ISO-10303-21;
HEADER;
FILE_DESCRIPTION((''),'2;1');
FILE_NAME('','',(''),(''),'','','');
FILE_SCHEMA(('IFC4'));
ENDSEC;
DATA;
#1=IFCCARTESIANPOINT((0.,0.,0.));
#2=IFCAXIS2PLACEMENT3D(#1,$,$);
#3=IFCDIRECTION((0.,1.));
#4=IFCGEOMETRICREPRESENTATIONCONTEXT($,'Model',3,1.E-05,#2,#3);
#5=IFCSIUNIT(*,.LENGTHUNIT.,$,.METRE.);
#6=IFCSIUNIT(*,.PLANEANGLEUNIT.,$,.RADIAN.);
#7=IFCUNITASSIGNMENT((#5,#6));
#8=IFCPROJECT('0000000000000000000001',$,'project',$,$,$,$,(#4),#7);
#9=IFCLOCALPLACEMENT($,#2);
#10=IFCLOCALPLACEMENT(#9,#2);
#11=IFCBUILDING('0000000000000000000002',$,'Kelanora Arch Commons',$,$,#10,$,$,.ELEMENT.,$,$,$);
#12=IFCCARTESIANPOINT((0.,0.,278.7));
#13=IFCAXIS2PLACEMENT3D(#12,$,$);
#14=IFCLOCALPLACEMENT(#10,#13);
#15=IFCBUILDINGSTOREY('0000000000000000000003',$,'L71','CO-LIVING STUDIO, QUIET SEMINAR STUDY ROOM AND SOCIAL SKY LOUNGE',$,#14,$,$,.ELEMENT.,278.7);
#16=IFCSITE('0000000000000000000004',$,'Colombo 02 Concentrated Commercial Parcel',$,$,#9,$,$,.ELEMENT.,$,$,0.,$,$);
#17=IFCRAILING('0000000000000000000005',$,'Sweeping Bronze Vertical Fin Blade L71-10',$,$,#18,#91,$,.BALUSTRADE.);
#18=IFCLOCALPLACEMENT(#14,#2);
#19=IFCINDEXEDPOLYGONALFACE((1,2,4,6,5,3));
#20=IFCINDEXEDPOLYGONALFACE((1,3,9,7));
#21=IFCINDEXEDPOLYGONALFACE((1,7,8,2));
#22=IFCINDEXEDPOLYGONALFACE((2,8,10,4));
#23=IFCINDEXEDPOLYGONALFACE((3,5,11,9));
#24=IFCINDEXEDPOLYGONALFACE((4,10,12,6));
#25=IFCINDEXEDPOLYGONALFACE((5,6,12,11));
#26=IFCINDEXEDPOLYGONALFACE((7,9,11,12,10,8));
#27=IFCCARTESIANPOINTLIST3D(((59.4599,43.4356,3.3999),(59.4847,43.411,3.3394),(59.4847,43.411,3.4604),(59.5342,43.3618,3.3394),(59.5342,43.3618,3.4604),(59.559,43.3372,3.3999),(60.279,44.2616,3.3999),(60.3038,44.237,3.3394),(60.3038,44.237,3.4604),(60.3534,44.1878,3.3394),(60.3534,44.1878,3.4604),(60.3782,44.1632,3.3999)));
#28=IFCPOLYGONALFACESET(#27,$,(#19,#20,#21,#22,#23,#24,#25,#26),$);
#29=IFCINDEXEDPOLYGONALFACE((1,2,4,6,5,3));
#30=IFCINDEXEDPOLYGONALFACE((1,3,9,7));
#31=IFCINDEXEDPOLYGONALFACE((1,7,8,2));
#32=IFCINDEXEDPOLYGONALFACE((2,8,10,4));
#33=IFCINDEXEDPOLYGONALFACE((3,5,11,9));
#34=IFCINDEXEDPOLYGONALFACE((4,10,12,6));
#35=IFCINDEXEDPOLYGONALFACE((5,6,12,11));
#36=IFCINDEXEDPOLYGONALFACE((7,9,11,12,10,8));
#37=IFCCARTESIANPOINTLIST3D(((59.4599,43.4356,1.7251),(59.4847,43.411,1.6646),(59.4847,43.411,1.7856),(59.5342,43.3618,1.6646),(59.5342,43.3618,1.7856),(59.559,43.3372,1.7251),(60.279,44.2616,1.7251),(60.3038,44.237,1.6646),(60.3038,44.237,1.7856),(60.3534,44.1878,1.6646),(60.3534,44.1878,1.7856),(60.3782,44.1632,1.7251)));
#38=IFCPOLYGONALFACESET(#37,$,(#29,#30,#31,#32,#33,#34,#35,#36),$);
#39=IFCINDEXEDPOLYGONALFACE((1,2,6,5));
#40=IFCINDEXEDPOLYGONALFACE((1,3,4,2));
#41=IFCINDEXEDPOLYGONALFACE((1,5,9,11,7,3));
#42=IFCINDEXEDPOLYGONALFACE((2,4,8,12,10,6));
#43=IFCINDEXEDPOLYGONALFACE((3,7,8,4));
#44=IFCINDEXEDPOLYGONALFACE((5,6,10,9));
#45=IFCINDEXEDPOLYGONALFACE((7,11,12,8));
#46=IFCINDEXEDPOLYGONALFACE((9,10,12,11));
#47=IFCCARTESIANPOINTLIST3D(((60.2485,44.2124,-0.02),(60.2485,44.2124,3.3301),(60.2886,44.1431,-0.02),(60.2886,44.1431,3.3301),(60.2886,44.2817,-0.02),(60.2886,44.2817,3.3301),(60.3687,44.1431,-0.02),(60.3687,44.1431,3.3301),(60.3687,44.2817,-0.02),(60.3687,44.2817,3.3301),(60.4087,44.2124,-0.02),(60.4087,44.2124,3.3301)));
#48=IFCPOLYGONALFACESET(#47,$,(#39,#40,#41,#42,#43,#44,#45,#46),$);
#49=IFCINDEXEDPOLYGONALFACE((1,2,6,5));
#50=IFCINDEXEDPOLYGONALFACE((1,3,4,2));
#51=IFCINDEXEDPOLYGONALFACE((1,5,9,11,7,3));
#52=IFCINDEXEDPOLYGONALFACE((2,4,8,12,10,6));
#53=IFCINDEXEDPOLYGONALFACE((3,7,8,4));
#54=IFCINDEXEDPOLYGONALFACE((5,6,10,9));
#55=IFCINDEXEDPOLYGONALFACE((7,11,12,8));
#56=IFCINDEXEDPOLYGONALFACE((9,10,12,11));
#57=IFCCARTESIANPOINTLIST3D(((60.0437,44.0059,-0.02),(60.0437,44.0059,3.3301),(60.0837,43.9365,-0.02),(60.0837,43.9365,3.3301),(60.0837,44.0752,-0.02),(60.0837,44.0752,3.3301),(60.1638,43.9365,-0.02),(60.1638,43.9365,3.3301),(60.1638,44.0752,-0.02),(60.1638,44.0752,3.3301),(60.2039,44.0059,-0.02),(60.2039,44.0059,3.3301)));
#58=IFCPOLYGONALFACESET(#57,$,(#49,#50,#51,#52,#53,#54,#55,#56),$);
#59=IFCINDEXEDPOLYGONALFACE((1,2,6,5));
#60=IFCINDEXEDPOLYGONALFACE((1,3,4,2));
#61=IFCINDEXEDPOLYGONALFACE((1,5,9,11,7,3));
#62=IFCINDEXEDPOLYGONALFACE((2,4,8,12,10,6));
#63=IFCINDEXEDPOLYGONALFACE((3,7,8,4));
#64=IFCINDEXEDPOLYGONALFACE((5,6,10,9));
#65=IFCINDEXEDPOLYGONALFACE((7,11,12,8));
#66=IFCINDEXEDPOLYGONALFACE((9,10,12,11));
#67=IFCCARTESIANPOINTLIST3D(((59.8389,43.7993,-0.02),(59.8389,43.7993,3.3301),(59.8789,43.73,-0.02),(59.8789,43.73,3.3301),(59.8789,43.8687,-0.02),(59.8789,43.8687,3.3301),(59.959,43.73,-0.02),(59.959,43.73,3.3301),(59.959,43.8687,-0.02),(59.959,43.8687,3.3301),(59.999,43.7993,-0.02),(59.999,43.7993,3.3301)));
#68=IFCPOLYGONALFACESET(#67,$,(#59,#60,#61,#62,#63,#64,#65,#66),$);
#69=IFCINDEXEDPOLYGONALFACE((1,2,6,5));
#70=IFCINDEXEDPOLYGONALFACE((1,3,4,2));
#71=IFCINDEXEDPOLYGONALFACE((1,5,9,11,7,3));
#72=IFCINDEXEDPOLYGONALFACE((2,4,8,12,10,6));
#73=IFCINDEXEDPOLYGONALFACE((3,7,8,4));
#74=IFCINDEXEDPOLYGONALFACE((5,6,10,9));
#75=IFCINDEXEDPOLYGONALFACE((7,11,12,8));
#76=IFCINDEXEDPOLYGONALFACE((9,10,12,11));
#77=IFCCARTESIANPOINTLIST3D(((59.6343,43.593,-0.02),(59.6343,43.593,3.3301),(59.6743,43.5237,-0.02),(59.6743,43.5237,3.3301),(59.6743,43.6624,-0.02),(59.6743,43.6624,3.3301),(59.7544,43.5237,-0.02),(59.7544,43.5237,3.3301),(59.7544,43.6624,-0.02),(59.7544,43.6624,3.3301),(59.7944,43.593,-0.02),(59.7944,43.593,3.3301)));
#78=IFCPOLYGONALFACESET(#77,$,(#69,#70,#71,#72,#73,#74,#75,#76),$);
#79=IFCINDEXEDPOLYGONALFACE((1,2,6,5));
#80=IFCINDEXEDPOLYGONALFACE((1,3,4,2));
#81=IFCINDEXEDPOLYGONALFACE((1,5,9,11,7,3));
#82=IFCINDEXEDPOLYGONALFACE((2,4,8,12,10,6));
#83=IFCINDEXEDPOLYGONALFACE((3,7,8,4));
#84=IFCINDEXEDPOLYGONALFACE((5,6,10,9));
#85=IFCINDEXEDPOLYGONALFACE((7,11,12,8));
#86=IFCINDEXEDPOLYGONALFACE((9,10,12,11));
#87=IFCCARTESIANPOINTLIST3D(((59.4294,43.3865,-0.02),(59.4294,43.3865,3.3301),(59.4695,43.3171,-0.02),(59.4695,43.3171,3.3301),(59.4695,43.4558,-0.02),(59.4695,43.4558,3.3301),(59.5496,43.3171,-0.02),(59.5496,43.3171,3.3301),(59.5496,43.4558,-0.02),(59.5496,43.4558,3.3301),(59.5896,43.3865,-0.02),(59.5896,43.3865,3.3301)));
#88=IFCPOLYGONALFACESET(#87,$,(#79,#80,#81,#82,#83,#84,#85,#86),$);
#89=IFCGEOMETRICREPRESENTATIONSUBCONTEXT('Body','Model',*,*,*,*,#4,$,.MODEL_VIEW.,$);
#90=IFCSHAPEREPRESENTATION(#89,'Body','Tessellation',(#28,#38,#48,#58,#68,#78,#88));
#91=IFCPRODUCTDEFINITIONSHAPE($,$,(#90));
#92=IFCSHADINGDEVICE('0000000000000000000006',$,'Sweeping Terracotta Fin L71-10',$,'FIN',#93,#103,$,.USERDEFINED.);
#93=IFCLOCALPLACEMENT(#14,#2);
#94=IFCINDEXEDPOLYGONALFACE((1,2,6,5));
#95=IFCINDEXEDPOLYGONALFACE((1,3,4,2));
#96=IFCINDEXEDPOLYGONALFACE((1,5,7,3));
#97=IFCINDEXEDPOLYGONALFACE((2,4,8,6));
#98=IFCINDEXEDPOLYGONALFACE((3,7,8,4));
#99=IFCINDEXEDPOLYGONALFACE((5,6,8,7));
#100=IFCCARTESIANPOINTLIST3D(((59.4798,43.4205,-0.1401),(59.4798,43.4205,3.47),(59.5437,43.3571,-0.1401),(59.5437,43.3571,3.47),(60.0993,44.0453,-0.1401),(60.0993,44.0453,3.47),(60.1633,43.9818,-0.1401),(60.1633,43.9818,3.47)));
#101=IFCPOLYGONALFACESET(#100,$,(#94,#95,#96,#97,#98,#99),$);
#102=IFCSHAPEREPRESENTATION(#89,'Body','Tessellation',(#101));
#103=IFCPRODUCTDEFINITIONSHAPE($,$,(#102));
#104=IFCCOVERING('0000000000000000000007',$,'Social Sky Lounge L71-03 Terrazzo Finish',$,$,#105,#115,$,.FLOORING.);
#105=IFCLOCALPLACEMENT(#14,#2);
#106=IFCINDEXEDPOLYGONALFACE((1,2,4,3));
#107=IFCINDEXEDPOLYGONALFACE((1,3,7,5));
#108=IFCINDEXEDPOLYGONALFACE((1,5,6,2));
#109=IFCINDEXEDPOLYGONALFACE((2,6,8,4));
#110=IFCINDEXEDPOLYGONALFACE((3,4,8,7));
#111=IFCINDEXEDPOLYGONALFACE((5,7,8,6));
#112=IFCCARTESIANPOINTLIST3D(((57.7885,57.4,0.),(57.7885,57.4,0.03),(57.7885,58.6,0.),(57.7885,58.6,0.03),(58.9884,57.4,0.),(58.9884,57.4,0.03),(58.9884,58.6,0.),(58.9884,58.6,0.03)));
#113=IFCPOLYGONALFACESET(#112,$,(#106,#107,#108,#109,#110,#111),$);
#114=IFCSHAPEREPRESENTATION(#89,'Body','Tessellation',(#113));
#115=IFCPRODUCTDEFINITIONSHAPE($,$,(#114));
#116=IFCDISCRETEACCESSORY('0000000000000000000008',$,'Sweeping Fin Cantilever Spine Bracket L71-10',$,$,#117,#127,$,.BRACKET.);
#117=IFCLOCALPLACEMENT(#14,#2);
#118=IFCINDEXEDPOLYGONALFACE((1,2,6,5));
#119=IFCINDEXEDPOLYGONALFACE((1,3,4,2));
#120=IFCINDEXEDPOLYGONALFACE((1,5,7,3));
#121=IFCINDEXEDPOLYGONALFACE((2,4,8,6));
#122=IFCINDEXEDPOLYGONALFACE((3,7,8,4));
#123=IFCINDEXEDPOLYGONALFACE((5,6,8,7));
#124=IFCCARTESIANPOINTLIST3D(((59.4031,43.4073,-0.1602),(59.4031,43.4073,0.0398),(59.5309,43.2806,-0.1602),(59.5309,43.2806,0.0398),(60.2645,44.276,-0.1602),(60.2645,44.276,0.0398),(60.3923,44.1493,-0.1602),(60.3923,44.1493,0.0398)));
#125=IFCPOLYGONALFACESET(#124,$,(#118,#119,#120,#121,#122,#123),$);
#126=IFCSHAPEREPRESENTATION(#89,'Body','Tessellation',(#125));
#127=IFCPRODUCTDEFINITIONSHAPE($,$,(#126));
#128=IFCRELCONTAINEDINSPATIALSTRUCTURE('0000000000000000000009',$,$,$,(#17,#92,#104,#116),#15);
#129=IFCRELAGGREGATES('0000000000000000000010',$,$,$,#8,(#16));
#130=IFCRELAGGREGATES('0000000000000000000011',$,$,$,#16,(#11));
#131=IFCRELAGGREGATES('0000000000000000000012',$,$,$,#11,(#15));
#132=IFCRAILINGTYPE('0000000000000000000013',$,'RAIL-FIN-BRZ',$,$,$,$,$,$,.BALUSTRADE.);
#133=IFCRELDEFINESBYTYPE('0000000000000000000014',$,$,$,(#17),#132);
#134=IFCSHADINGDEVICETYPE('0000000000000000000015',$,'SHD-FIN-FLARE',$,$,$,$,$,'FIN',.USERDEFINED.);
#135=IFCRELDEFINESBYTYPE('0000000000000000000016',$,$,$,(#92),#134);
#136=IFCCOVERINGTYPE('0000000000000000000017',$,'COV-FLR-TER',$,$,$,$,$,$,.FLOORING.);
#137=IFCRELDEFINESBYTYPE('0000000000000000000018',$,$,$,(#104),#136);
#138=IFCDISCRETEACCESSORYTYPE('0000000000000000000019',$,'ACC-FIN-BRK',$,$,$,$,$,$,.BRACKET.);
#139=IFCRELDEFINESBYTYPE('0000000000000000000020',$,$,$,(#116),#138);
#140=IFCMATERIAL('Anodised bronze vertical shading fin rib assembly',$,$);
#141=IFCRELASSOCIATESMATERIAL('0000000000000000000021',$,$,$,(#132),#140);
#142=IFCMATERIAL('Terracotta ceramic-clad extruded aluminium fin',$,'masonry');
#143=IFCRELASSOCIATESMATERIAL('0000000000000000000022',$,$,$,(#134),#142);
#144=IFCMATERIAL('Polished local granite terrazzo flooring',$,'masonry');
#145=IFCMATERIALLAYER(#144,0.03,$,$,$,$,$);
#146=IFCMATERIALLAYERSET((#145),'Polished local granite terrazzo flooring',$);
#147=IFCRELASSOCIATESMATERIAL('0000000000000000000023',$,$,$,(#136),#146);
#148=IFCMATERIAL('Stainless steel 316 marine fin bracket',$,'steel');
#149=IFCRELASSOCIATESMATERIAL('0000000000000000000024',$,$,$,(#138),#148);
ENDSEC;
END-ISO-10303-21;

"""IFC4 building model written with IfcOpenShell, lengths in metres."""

from ifc_helpers import new_model, si_unit, direction, frame, origin, origin_2d, place, context, subcontext, project, spatial, polyline, rectangle, outline, extrude, source, transform, mapped, material, layer, layer_set, type_object, element, save


model = new_model("IFC4")

# Units and contexts
model_context = context("Model", 3, precision=1e-05, world=origin(), true_north=direction((0.0, 1.0)))
body_context = subcontext(model_context, "Body", "Model", "MODEL_VIEW")
ifc_project = project(units=[si_unit("LENGTHUNIT", "METRE"), si_unit("PLANEANGLEUNIT", "RADIAN")], contexts=[model_context])

# Site, building, storey
site_placement = place(None, origin())
site = spatial("IfcSite", under=ifc_project, at=site_placement, Name="Colombo 02 Concentrated Commercial Parcel", CompositionType="ELEMENT", RefElevation=0.0)
building_placement = place(site_placement, origin())
building = spatial("IfcBuilding", under=site, at=building_placement, Name="Kelanora Arch Commons", CompositionType="ELEMENT")
storey_placement = place(building_placement, frame((0.0, 0.0, 278.7)))
storey = spatial("IfcBuildingStorey", under=building, at=storey_placement, Name="L71", Description="CO-LIVING STUDIO, QUIET SEMINAR STUDY ROOM AND SOCIAL SKY LOUNGE", CompositionType="ELEMENT", Elevation=278.7)

# Railing
ifc_material_1 = material(Name="Anodised bronze vertical shading fin rib assembly")
railing_type = type_object("IfcRailingType", Name="RAIL-FIN-BRZ", PredefinedType="BALUSTRADE", material=ifc_material_1)
railing_placement = place(storey_placement, frame((60.3286, 44.2124, -0.02)))
element("IfcRailing", 1, at=railing_placement, inside=storey, type_object=railing_type, Name="Sweeping Bronze Vertical Fin Blade L71-10", PredefinedType="BALUSTRADE", context=body_context, shape_type="SweptSolid", body=[
    extrude(outline(polyline([(0.0698, 0.0), (0.0349, 0.0605), (-0.0349, 0.0605), (-0.0698, 0.0), (-0.0349, -0.0605), (0.0349, -0.0605), (0.0698, 0.0)])), frame((0.0, 0.0, 3.4199), z_axis=(-0.704162, -0.710039, 0.0), x_axis=(0.710039, -0.704162, 0.0)), (0.0, 0.0, 1.0), 1.1633),
    extrude(outline(polyline([(0.0698, 0.0), (0.0349, 0.0605), (-0.0349, 0.0605), (-0.0698, 0.0), (-0.0349, -0.0605), (0.0349, -0.0605), (0.0698, 0.0)])), frame((0.0, 0.0, 1.7451), z_axis=(-0.704162, -0.710039, 0.0), x_axis=(0.710039, -0.704162, 0.0)), (0.0, 0.0, 1.0), 1.1633),
    extrude(outline(polyline([(0.0801, 0.0), (0.04, 0.0693), (-0.04, 0.0693), (-0.0801, 0.0), (-0.04, -0.0693), (0.04, -0.0693), (0.0801, 0.0)])), origin(), (0.0, 0.0, 1.0), 3.3501),
    extrude(outline(polyline([(0.0801, 0.0), (0.04, 0.0693), (-0.04, 0.0693), (-0.0801, 0.0), (-0.04, -0.0693), (0.04, -0.0693), (0.0801, 0.0)])), frame((-0.2048, -0.2065, 0.0)), (0.0, 0.0, 1.0), 3.3501),
    extrude(outline(polyline([(0.0801, 0.0), (0.04, 0.0693), (-0.04, 0.0693), (-0.0801, 0.0), (-0.04, -0.0693), (0.04, -0.0693), (0.0801, 0.0)])), frame((-0.4097, -0.4131, 0.0)), (0.0, 0.0, 1.0), 3.3501),
    extrude(outline(polyline([(0.0801, 0.0), (0.04, 0.0693), (-0.04, 0.0693), (-0.0801, 0.0), (-0.04, -0.0693), (0.04, -0.0693), (0.0801, 0.0)])), frame((-0.6143, -0.6194, 0.0)), (0.0, 0.0, 1.0), 3.3501),
    extrude(outline(polyline([(0.0801, 0.0), (0.04, 0.0693), (-0.04, 0.0693), (-0.0801, 0.0), (-0.04, -0.0693), (0.04, -0.0693), (0.0801, 0.0)])), frame((-0.8191, -0.8259, 0.0)), (0.0, 0.0, 1.0), 3.3501),
])

# Shading device
ifc_material_2 = material(Name="Terracotta ceramic-clad extruded aluminium fin", Category="masonry")
shading_device_type = type_object("IfcShadingDeviceType", Name="SHD-FIN-FLARE", ElementType="FIN", PredefinedType="USERDEFINED", material=ifc_material_2)
shared_shape_1 = source(origin(), body_context, "Body", "SweptSolid", [
    extrude(rectangle(XDim=0.8799, YDim=0.0901, at=origin_2d()), origin(), (0.0, 0.0, 1.0), 3.6101),
])
shading_device_placement = place(storey_placement, frame((59.8215, 43.7012, -0.1401), z_axis=(0.0, 0.0, 1.0), x_axis=(-0.704139, -0.710062, 0.0)))
element("IfcShadingDevice", 2, at=shading_device_placement, inside=storey, type_object=shading_device_type, Name="Sweeping Terracotta Fin L71-10", ObjectType="FIN", PredefinedType="USERDEFINED", context=body_context, shape_type="MappedRepresentation", body=[
    mapped(shared_shape_1, transform((0.0, 0.0, 0.0), scale=1.0)),
])

# Covering
ifc_material_3 = material(Name="Polished local granite terrazzo flooring", Category="masonry")
ifc_layer_1 = layer(ifc_material_3, 0.03)
ifc_layer_set_1 = layer_set([ifc_layer_1], Name="Polished local granite terrazzo flooring")
covering_type = type_object("IfcCoveringType", Name="COV-FLR-TER", PredefinedType="FLOORING", material=ifc_layer_set_1)
shared_shape_2 = source(origin(), body_context, "Body", "SweptSolid", [
    extrude(rectangle(XDim=1.2, YDim=1.2, at=origin_2d()), origin(), (0.0, 0.0, 1.0), 0.03),
])
covering_placement = place(storey_placement, frame((58.3884, 58.0, 0.0), z_axis=(0.0, 0.0, 1.0), x_axis=(1.0, 0.0, 0.0)))
element("IfcCovering", 3, at=covering_placement, inside=storey, type_object=covering_type, Name="Social Sky Lounge L71-03 Terrazzo Finish", PredefinedType="FLOORING", context=body_context, shape_type="MappedRepresentation", body=[
    mapped(shared_shape_2, transform((0.0, 0.0, 0.0), scale=1.0)),
])

# Discrete accessory
ifc_material_4 = material(Name="Stainless steel 316 marine fin bracket", Category="steel")
discrete_accessory_type = type_object("IfcDiscreteAccessoryType", Name="ACC-FIN-BRK", PredefinedType="BRACKET", material=ifc_material_4)
shared_shape_3 = source(origin(), body_context, "Body", "SweptSolid", [
    extrude(rectangle(XDim=1.2234, YDim=0.1799, at=origin_2d()), origin(), (0.0, 0.0, 1.0), 0.2),
])
discrete_accessory_placement = place(storey_placement, frame((59.8977, 43.7783, -0.1602), z_axis=(0.0, 0.0, 1.0), x_axis=(-0.704139, -0.710062, 0.0)))
element("IfcDiscreteAccessory", 4, at=discrete_accessory_placement, inside=storey, type_object=discrete_accessory_type, Name="Sweeping Fin Cantilever Spine Bracket L71-10", PredefinedType="BRACKET", context=body_context, shape_type="MappedRepresentation", body=[
    mapped(shared_shape_3, transform((0.0, 0.0, 0.0), scale=1.0)),
])

save(model, "model.ifc")
